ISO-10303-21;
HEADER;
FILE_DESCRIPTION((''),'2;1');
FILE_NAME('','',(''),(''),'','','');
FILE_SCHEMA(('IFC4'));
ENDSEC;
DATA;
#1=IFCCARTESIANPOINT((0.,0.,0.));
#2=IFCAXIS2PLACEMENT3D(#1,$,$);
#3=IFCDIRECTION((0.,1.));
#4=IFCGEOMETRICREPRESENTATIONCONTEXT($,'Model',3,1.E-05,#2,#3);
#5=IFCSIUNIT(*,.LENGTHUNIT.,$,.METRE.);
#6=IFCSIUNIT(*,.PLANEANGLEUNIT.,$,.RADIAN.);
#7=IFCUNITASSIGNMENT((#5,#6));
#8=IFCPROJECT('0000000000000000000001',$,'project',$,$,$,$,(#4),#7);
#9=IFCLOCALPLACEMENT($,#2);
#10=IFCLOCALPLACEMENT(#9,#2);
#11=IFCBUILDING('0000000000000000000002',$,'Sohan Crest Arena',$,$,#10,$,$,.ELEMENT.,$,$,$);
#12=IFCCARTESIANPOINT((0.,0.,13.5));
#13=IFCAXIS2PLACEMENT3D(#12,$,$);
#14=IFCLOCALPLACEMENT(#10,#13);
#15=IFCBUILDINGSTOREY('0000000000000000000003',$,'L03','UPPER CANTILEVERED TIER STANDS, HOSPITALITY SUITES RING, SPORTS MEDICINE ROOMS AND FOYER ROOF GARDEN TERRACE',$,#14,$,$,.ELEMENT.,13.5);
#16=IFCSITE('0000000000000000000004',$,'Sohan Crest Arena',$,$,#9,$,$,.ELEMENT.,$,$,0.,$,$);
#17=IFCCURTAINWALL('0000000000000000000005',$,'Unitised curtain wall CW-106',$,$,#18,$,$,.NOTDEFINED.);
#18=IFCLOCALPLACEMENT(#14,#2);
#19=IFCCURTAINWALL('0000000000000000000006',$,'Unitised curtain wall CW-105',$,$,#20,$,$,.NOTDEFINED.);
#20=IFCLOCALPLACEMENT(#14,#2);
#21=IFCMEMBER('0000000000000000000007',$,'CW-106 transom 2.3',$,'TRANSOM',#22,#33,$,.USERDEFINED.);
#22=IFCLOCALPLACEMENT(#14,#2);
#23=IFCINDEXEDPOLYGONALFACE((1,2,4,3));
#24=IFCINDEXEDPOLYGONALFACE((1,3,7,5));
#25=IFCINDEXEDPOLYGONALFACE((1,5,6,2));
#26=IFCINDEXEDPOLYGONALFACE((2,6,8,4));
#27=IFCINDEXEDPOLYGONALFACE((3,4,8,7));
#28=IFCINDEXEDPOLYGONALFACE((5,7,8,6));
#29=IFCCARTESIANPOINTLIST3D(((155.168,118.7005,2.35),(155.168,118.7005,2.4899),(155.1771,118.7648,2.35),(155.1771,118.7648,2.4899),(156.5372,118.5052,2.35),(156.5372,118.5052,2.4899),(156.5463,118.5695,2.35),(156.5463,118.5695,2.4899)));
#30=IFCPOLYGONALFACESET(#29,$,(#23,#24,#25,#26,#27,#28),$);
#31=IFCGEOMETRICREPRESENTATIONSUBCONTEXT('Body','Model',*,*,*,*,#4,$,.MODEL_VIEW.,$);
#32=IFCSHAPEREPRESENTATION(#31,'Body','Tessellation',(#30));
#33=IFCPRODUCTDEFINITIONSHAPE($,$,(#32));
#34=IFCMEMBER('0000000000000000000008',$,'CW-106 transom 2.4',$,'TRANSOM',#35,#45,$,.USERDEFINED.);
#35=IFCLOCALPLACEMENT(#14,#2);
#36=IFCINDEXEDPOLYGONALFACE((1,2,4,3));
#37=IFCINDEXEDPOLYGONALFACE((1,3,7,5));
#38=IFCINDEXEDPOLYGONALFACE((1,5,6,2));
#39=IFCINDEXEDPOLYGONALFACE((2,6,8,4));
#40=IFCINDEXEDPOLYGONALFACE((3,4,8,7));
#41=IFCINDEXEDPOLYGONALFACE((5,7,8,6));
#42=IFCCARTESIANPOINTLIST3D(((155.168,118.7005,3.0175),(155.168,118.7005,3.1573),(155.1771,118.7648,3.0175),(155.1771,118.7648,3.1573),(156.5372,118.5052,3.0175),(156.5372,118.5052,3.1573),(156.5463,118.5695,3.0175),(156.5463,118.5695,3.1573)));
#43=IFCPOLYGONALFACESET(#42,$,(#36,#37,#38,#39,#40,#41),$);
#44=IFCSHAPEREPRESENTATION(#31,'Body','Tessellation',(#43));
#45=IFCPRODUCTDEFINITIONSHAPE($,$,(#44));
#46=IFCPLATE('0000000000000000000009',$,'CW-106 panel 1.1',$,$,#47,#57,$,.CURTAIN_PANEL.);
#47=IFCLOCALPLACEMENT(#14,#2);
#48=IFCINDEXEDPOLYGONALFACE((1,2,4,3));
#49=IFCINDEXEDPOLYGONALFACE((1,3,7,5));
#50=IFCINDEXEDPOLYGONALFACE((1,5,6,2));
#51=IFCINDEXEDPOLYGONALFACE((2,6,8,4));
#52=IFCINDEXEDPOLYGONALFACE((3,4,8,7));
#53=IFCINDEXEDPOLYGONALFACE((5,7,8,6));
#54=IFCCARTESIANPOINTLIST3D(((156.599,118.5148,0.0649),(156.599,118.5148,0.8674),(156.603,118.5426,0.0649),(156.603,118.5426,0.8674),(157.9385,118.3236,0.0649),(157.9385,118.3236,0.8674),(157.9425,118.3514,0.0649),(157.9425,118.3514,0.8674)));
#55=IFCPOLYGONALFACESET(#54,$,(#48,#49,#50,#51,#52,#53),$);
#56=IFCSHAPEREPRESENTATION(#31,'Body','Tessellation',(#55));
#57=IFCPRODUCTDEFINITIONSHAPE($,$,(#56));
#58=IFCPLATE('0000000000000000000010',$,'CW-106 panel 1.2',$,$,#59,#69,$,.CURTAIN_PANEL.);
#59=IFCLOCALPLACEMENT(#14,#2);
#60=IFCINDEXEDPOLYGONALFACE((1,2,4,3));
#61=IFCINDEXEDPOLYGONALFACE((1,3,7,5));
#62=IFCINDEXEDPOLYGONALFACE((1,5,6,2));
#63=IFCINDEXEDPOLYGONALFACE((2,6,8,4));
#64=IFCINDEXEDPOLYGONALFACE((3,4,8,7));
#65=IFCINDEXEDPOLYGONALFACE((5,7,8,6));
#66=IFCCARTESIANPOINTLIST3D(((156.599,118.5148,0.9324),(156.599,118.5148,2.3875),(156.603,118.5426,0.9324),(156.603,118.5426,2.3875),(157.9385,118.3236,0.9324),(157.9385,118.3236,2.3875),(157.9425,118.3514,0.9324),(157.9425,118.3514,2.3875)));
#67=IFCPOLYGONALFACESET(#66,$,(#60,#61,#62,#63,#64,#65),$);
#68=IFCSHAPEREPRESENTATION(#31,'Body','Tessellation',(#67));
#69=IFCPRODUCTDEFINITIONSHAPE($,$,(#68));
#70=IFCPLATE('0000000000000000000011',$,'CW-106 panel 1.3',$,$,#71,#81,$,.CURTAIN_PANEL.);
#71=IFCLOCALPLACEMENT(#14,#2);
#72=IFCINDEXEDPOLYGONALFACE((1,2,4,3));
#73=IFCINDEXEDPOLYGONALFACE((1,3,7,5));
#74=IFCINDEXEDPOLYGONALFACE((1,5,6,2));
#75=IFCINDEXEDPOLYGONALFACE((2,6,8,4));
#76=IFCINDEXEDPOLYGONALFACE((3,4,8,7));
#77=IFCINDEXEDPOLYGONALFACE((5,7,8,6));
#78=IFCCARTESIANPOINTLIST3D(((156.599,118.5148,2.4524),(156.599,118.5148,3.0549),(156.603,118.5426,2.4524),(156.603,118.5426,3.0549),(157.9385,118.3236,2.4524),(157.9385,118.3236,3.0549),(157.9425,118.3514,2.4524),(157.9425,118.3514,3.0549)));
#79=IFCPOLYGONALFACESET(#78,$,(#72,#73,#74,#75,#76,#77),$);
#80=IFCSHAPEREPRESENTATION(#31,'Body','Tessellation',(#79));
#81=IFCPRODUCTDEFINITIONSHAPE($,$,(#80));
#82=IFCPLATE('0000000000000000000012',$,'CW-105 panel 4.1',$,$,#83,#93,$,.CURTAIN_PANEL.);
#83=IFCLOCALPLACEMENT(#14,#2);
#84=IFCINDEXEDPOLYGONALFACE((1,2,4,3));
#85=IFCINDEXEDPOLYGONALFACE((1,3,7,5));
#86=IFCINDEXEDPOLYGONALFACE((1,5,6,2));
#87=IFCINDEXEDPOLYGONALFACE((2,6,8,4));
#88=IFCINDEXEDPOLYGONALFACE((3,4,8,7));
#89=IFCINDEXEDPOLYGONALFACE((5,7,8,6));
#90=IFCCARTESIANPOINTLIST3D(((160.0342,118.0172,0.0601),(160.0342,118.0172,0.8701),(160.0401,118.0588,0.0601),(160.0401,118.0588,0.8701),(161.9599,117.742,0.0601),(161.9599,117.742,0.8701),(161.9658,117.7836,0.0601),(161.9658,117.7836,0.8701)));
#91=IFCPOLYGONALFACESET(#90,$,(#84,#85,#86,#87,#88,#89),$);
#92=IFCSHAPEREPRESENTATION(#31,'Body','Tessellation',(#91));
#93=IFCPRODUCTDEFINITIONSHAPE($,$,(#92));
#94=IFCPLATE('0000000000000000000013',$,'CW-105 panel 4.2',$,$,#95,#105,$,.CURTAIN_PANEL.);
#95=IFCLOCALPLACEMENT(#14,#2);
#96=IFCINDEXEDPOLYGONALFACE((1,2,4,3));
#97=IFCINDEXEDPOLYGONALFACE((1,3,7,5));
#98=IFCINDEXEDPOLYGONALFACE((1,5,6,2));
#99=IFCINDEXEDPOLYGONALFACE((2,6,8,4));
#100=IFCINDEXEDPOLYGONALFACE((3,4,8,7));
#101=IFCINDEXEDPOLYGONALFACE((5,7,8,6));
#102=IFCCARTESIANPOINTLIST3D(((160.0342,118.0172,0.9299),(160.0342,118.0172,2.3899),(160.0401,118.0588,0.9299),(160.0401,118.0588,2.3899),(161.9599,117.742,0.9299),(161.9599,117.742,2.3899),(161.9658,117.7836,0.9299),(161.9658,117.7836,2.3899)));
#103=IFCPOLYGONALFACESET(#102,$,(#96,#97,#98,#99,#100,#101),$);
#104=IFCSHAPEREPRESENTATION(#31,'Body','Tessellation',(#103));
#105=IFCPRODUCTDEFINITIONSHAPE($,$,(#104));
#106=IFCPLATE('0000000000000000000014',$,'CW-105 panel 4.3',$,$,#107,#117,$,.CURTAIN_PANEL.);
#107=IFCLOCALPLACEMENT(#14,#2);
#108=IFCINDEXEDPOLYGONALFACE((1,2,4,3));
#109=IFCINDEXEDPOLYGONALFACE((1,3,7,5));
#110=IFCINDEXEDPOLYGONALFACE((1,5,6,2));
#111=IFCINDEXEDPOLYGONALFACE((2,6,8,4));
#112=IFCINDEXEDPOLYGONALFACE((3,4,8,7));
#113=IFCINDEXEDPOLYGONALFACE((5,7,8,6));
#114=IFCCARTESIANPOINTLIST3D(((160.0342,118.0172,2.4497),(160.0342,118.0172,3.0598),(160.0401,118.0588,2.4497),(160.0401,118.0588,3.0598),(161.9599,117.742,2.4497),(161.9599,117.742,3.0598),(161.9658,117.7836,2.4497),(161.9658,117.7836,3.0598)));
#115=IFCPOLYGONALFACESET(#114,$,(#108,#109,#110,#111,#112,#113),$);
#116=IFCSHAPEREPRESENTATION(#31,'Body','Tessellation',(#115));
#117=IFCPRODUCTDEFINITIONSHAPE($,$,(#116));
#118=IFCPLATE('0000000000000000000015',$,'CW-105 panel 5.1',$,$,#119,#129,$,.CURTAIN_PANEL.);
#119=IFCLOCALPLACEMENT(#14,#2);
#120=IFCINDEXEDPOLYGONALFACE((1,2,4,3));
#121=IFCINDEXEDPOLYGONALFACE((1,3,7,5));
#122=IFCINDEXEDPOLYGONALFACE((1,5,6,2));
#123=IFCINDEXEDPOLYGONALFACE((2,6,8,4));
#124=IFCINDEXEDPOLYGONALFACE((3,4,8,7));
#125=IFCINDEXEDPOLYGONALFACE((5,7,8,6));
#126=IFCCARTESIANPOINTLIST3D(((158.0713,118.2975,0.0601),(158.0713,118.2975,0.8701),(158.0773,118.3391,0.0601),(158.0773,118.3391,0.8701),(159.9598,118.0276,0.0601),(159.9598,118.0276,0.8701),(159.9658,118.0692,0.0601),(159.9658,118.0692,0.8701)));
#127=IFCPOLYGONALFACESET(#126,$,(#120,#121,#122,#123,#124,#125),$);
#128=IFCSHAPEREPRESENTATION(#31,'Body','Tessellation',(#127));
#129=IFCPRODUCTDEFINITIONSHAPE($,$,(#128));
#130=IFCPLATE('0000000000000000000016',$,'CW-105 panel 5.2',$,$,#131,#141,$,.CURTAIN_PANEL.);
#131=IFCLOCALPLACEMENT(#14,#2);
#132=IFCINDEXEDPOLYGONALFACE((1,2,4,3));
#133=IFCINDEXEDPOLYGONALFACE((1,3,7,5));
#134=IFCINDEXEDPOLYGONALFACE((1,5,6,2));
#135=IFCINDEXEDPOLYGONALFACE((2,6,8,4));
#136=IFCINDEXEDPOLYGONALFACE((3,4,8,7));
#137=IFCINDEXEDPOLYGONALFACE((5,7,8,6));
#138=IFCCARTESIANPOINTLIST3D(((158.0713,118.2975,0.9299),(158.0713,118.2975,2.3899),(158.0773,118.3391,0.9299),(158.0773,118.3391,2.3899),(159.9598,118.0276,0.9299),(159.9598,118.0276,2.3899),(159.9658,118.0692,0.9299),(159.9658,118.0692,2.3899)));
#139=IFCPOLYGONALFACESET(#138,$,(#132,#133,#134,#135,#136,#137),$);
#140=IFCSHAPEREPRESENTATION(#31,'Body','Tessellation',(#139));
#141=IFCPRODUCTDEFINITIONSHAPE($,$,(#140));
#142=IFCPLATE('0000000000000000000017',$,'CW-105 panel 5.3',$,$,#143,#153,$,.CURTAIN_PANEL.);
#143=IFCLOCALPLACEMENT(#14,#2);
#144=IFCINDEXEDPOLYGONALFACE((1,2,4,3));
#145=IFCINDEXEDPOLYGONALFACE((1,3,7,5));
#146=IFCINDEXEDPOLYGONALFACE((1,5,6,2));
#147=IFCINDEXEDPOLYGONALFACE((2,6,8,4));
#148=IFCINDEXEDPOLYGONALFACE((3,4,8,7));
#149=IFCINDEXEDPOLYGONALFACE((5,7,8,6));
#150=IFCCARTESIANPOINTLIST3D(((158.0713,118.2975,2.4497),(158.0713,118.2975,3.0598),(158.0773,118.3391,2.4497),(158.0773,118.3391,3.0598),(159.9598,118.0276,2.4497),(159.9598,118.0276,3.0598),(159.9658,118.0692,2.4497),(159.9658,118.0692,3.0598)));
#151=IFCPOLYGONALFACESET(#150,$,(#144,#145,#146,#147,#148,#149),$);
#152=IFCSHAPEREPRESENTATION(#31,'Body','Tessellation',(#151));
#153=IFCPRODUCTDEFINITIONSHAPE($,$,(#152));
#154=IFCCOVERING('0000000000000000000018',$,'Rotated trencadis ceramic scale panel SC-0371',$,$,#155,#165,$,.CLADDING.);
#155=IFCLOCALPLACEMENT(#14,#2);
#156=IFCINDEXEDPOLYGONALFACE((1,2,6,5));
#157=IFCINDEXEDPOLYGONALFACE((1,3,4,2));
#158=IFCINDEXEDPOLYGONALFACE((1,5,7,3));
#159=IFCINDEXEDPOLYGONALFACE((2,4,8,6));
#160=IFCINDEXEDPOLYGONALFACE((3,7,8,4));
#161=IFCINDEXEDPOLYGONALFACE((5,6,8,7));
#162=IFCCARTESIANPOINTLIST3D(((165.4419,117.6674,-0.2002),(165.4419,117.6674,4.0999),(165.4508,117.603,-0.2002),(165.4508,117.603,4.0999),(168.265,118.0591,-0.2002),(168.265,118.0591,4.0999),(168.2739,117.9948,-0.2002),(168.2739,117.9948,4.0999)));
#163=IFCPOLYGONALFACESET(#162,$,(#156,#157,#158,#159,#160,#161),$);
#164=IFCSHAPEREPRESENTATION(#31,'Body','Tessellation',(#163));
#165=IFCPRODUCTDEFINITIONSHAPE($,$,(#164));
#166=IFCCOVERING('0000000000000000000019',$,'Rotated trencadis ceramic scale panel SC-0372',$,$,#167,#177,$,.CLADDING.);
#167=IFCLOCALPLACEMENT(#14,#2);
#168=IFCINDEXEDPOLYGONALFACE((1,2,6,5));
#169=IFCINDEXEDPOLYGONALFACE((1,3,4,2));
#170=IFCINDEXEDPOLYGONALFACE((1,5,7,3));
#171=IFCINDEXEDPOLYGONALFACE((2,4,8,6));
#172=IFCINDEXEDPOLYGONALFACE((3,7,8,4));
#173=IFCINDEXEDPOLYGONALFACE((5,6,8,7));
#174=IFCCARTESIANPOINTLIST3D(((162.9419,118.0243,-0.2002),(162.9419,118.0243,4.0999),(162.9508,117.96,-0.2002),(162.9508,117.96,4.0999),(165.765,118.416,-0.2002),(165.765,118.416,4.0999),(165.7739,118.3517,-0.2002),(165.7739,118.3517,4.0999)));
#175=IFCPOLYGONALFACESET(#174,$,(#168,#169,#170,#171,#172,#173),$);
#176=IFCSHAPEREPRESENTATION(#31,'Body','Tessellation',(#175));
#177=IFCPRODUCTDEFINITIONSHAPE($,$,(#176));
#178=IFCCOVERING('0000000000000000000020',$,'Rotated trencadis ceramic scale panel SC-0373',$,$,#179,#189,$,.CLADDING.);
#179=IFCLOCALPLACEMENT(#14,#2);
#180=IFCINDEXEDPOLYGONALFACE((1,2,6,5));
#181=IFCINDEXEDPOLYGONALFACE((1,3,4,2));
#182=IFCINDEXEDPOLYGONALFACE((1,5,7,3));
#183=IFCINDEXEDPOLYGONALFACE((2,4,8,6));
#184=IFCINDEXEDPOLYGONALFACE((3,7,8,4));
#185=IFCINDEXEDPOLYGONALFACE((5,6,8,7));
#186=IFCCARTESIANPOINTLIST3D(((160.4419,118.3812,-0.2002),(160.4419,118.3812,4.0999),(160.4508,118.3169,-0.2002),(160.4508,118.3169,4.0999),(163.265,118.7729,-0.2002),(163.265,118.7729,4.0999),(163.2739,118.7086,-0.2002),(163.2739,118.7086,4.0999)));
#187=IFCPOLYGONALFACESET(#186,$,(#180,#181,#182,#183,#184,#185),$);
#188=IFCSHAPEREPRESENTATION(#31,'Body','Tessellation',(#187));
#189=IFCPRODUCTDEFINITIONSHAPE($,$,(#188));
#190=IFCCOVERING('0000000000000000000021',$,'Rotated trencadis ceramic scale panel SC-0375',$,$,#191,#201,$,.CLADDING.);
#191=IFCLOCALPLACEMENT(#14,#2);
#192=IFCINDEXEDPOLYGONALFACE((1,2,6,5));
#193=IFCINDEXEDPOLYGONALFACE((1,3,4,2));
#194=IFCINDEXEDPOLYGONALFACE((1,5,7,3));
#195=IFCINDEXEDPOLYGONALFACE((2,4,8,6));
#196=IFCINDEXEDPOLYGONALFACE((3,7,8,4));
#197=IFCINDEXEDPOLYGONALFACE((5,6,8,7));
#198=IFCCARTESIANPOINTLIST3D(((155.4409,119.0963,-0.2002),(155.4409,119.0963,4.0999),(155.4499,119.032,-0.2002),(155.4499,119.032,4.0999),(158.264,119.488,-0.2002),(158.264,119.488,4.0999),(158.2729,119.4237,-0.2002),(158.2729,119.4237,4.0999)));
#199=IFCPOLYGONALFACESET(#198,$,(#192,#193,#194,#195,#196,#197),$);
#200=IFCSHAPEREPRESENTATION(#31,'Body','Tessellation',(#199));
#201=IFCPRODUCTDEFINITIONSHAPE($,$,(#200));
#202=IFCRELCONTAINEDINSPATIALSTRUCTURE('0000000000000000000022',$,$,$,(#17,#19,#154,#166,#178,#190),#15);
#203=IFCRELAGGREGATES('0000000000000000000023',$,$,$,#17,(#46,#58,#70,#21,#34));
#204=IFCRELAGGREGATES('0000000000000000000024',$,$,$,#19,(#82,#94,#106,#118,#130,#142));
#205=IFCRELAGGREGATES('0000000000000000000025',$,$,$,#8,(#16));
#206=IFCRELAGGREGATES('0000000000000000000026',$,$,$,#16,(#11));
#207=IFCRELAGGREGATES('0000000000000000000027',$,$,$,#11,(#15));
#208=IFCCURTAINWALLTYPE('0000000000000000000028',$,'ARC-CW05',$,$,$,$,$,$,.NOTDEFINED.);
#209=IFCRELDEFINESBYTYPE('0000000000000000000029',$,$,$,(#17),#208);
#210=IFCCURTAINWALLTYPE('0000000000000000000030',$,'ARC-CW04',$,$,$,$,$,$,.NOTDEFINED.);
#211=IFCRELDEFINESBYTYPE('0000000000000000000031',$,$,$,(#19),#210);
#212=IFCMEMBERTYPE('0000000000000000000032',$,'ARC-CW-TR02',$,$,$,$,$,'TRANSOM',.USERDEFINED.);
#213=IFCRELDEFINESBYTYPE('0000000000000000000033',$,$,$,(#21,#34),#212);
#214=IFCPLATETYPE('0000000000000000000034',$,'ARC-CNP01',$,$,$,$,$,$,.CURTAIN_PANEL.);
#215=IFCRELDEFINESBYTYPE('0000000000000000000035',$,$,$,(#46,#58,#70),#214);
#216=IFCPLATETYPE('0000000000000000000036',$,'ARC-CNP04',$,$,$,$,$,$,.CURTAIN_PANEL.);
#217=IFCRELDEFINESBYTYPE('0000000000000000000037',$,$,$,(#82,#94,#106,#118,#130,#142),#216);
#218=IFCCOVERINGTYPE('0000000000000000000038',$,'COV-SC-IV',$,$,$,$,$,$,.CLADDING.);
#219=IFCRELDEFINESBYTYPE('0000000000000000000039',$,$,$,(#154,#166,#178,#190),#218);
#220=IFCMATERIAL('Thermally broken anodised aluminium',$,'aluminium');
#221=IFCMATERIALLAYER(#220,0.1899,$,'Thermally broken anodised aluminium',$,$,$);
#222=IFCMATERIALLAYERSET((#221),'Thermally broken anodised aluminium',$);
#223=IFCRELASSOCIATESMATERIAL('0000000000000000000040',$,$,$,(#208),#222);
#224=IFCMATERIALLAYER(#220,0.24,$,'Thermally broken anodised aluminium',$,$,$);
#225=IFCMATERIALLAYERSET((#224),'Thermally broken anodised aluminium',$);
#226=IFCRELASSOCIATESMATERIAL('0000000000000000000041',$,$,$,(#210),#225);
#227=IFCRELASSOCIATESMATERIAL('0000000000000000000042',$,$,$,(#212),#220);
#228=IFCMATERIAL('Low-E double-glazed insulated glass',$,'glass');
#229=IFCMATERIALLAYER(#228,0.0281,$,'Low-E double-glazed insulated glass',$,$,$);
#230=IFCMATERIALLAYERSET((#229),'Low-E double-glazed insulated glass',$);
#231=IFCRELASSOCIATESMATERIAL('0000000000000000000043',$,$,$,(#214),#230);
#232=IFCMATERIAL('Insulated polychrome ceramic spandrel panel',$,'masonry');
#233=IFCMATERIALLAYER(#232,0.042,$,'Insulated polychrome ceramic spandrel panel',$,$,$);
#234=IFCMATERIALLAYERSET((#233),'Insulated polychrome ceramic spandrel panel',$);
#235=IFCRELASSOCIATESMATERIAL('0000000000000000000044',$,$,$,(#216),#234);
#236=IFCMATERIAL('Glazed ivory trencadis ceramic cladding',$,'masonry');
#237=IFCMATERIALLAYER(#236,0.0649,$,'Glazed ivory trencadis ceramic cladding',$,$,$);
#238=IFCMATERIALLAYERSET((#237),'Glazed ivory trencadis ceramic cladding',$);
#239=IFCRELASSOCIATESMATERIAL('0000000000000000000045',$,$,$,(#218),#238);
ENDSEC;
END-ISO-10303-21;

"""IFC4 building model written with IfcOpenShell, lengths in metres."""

from ifc_helpers import new_model, si_unit, direction, frame, origin, origin_2d, place, context, subcontext, project, spatial, rectangle, extrude, material, layer, layer_set, material_profile, profile_set, type_object, element, aggregate, save


model = new_model("IFC4")

# Units and contexts
model_context = context("Model", 3, precision=1e-05, world=origin(), true_north=direction((0.0, 1.0)))
body_context = subcontext(model_context, "Body", "Model", "MODEL_VIEW")
ifc_project = project(units=[si_unit("LENGTHUNIT", "METRE"), si_unit("PLANEANGLEUNIT", "RADIAN")], contexts=[model_context])

# Site, building, storey
site_placement = place(None, origin())
site = spatial("IfcSite", under=ifc_project, at=site_placement, Name="Sohan Crest Arena", CompositionType="ELEMENT", RefElevation=0.0)
building_placement = place(site_placement, origin())
building = spatial("IfcBuilding", under=site, at=building_placement, Name="Sohan Crest Arena", CompositionType="ELEMENT")
storey_placement = place(building_placement, frame((0.0, 0.0, 13.5)))
storey = spatial("IfcBuildingStorey", under=building, at=storey_placement, Name="L03", Description="UPPER CANTILEVERED TIER STANDS, HOSPITALITY SUITES RING, SPORTS MEDICINE ROOMS AND FOYER ROOF GARDEN TERRACE", CompositionType="ELEMENT", Elevation=13.5)

# Curtain walls
ifc_material_1 = material(Name="Thermally broken anodised aluminium", Category="aluminium")
ifc_layer_1 = layer(ifc_material_1, 0.1899, Name="Thermally broken anodised aluminium")
ifc_layer_set_1 = layer_set([ifc_layer_1], Name="Thermally broken anodised aluminium")
curtain_wall_type_1 = type_object("IfcCurtainWallType", Name="ARC-CW05", PredefinedType="NOTDEFINED", material=ifc_layer_set_1)
curtain_wall_1_placement = place(storey_placement, origin())
curtain_wall_1 = element("IfcCurtainWall", 1, at=curtain_wall_1_placement, inside=storey, type_object=curtain_wall_type_1, Name="Unitised curtain wall CW-106", PredefinedType="NOTDEFINED")
ifc_layer_2 = layer(ifc_material_1, 0.24, Name="Thermally broken anodised aluminium")
ifc_layer_set_2 = layer_set([ifc_layer_2], Name="Thermally broken anodised aluminium")
curtain_wall_type_2 = type_object("IfcCurtainWallType", Name="ARC-CW04", PredefinedType="NOTDEFINED", material=ifc_layer_set_2)
curtain_wall_2_placement = place(storey_placement, origin())
curtain_wall_2 = element("IfcCurtainWall", 2, at=curtain_wall_2_placement, inside=storey, type_object=curtain_wall_type_2, Name="Unitised curtain wall CW-105", PredefinedType="NOTDEFINED")

# Members
ifc_material_profile_1 = material_profile(ifc_material_1, rectangle(XDim=0.0649, YDim=0.1399, at=origin_2d()), Name="ALU-TRAN 65x140")
ifc_profile_set_1 = profile_set([ifc_material_profile_1], Name="Thermally broken anodised aluminium")
member_type_1 = type_object("IfcMemberType", Name="ARC-CW-TR02", ElementType="TRANSOM", PredefinedType="USERDEFINED", material=ifc_profile_set_1)
member_1_placement = place(storey_placement, frame((156.5417, 118.5374, 2.4199), z_axis=(-0.989978, 0.141224, 0.0), x_axis=(-0.141224, -0.989978, 0.0)))
member_1 = element("IfcMember", 3, at=member_1_placement, type_object=member_type_1, Name="CW-106 transom 2.3", ObjectType="TRANSOM", PredefinedType="USERDEFINED", context=body_context, shape_type="SweptSolid", body=[
    extrude(rectangle(XDim=0.0649, YDim=0.1399, at=origin_2d()), origin(), (0.0, 0.0, 1.0), 1.3831),
])
member_2_placement = place(storey_placement, frame((156.5417, 118.5374, 3.0874), z_axis=(-0.989978, 0.141224, 0.0), x_axis=(-0.141224, -0.989978, 0.0)))
member_2 = element("IfcMember", 4, at=member_2_placement, type_object=member_type_1, Name="CW-106 transom 2.4", ObjectType="TRANSOM", PredefinedType="USERDEFINED", context=body_context, shape_type="SweptSolid", body=[
    extrude(rectangle(XDim=0.0649, YDim=0.1399, at=origin_2d()), origin(), (0.0, 0.0, 1.0), 1.3831),
])

# Plates
ifc_material_2 = material(Name="Low-E double-glazed insulated glass", Category="glass")
ifc_layer_3 = layer(ifc_material_2, 0.0281, Name="Low-E double-glazed insulated glass")
ifc_layer_set_3 = layer_set([ifc_layer_3], Name="Low-E double-glazed insulated glass")
plate_type_1 = type_object("IfcPlateType", Name="ARC-CNP01", PredefinedType="CURTAIN_PANEL", material=ifc_layer_set_3)
plate_1_placement = place(storey_placement, frame((157.2708, 118.4331, 0.0649), z_axis=(0.0, 0.0, 1.0), x_axis=(-0.989957, 0.141366, 0.0)))
plate_1 = element("IfcPlate", 5, at=plate_1_placement, type_object=plate_type_1, Name="CW-106 panel 1.1", PredefinedType="CURTAIN_PANEL", context=body_context, shape_type="SweptSolid", body=[
    extrude(rectangle(XDim=1.353, YDim=0.0281, at=origin_2d()), origin(), (0.0, 0.0, 1.0), 0.8025),
])
plate_2_placement = place(storey_placement, frame((157.2708, 118.4331, 0.9324), z_axis=(0.0, 0.0, 1.0), x_axis=(-0.989957, 0.141366, 0.0)))
plate_2 = element("IfcPlate", 6, at=plate_2_placement, type_object=plate_type_1, Name="CW-106 panel 1.2", PredefinedType="CURTAIN_PANEL", context=body_context, shape_type="SweptSolid", body=[
    extrude(rectangle(XDim=1.353, YDim=0.0281, at=origin_2d()), origin(), (0.0, 0.0, 1.0), 1.4551),
])
plate_3_placement = place(storey_placement, frame((157.2708, 118.4331, 2.4524), z_axis=(0.0, 0.0, 1.0), x_axis=(-0.989957, 0.141366, 0.0)))
plate_3 = element("IfcPlate", 7, at=plate_3_placement, type_object=plate_type_1, Name="CW-106 panel 1.3", PredefinedType="CURTAIN_PANEL", context=body_context, shape_type="SweptSolid", body=[
    extrude(rectangle(XDim=1.353, YDim=0.0281, at=origin_2d()), origin(), (0.0, 0.0, 1.0), 0.6025),
])
aggregate(curtain_wall_1, [plate_1, plate_2, plate_3, member_1, member_2])
ifc_material_3 = material(Name="Insulated polychrome ceramic spandrel panel", Category="masonry")
ifc_layer_4 = layer(ifc_material_3, 0.042, Name="Insulated polychrome ceramic spandrel panel")
ifc_layer_set_4 = layer_set([ifc_layer_4], Name="Insulated polychrome ceramic spandrel panel")
plate_type_2 = type_object("IfcPlateType", Name="ARC-CNP04", PredefinedType="CURTAIN_PANEL", material=ifc_layer_set_4)
plate_4_placement = place(storey_placement, frame((161.0, 117.9004, 0.0601), z_axis=(0.0, 0.0, 1.0), x_axis=(-0.989944, 0.141463, 0.0)))
plate_4 = element("IfcPlate", 8, at=plate_4_placement, type_object=plate_type_2, Name="CW-105 panel 4.1", PredefinedType="CURTAIN_PANEL", context=body_context, shape_type="SweptSolid", body=[
    extrude(rectangle(XDim=1.9453, YDim=0.042, at=origin_2d()), origin(), (0.0, 0.0, 1.0), 0.8101),
])
plate_5_placement = place(storey_placement, frame((161.0, 117.9004, 0.9299), z_axis=(0.0, 0.0, 1.0), x_axis=(-0.989944, 0.141463, 0.0)))
plate_5 = element("IfcPlate", 9, at=plate_5_placement, type_object=plate_type_2, Name="CW-105 panel 4.2", PredefinedType="CURTAIN_PANEL", context=body_context, shape_type="SweptSolid", body=[
    extrude(rectangle(XDim=1.9453, YDim=0.042, at=origin_2d()), origin(), (0.0, 0.0, 1.0), 1.46),
])
plate_6_placement = place(storey_placement, frame((161.0, 117.9004, 2.4497), z_axis=(0.0, 0.0, 1.0), x_axis=(-0.989944, 0.141463, 0.0)))
plate_6 = element("IfcPlate", 10, at=plate_6_placement, type_object=plate_type_2, Name="CW-105 panel 4.3", PredefinedType="CURTAIN_PANEL", context=body_context, shape_type="SweptSolid", body=[
    extrude(rectangle(XDim=1.9453, YDim=0.042, at=origin_2d()), origin(), (0.0, 0.0, 1.0), 0.6101),
])
plate_7_placement = place(storey_placement, frame((159.0186, 118.1833, 0.0601), z_axis=(0.0, 0.0, 1.0), x_axis=(-0.989944, 0.141463, 0.0)))
plate_7 = element("IfcPlate", 11, at=plate_7_placement, type_object=plate_type_2, Name="CW-105 panel 5.1", PredefinedType="CURTAIN_PANEL", context=body_context, shape_type="SweptSolid", body=[
    extrude(rectangle(XDim=1.9077, YDim=0.042, at=origin_2d()), origin(), (0.0, 0.0, 1.0), 0.8101),
])
plate_8_placement = place(storey_placement, frame((159.0186, 118.1833, 0.9299), z_axis=(0.0, 0.0, 1.0), x_axis=(-0.989944, 0.141463, 0.0)))
plate_8 = element("IfcPlate", 12, at=plate_8_placement, type_object=plate_type_2, Name="CW-105 panel 5.2", PredefinedType="CURTAIN_PANEL", context=body_context, shape_type="SweptSolid", body=[
    extrude(rectangle(XDim=1.9077, YDim=0.042, at=origin_2d()), origin(), (0.0, 0.0, 1.0), 1.46),
])
plate_9_placement = place(storey_placement, frame((159.0186, 118.1833, 2.4497), z_axis=(0.0, 0.0, 1.0), x_axis=(-0.989944, 0.141463, 0.0)))
plate_9 = element("IfcPlate", 13, at=plate_9_placement, type_object=plate_type_2, Name="CW-105 panel 5.3", PredefinedType="CURTAIN_PANEL", context=body_context, shape_type="SweptSolid", body=[
    extrude(rectangle(XDim=1.9077, YDim=0.042, at=origin_2d()), origin(), (0.0, 0.0, 1.0), 0.6101),
])
aggregate(curtain_wall_2, [plate_4, plate_5, plate_6, plate_7, plate_8, plate_9])

# Coverings
ifc_material_4 = material(Name="Glazed ivory trencadis ceramic cladding", Category="masonry")
ifc_layer_5 = layer(ifc_material_4, 0.0649, Name="Glazed ivory trencadis ceramic cladding")
ifc_layer_set_5 = layer_set([ifc_layer_5], Name="Glazed ivory trencadis ceramic cladding")
covering_type_1 = type_object("IfcCoveringType", Name="COV-SC-IV", PredefinedType="CLADDING", material=ifc_layer_set_5)
for number, where, z_axis, x_axis, name in (
    (14, (166.8579, 117.8311, -0.2002), (0.0, 0.0, 1.0), (-0.990509, -0.137445, 0.0), "Rotated trencadis ceramic scale panel SC-0371"),
    (15, (164.3579, 118.188, -0.2002), (0.0, 0.0, 1.0), (-0.990509, -0.137445, 0.0), "Rotated trencadis ceramic scale panel SC-0372"),
    (16, (161.8579, 118.5449, -0.2002), (0.0, 0.0, 1.0), (-0.990509, -0.137445, 0.0), "Rotated trencadis ceramic scale panel SC-0373"),
    (17, (156.8569, 119.26, -0.2002), (0.0, 0.0, 1.0), (-0.990509, -0.137445, 0.0), "Rotated trencadis ceramic scale panel SC-0375"),
):
    element("IfcCovering", number, at=place(storey_placement, frame(where, z_axis=z_axis, x_axis=x_axis)), inside=storey, type_object=covering_type_1, Name=name, PredefinedType="CLADDING", context=body_context, shape_type="SweptSolid", body=[
        extrude(rectangle(XDim=2.8501, YDim=0.0649, at=origin_2d()), origin(), (0.0, 0.0, 1.0), 4.3),
    ])

save(model, "model.ifc")
